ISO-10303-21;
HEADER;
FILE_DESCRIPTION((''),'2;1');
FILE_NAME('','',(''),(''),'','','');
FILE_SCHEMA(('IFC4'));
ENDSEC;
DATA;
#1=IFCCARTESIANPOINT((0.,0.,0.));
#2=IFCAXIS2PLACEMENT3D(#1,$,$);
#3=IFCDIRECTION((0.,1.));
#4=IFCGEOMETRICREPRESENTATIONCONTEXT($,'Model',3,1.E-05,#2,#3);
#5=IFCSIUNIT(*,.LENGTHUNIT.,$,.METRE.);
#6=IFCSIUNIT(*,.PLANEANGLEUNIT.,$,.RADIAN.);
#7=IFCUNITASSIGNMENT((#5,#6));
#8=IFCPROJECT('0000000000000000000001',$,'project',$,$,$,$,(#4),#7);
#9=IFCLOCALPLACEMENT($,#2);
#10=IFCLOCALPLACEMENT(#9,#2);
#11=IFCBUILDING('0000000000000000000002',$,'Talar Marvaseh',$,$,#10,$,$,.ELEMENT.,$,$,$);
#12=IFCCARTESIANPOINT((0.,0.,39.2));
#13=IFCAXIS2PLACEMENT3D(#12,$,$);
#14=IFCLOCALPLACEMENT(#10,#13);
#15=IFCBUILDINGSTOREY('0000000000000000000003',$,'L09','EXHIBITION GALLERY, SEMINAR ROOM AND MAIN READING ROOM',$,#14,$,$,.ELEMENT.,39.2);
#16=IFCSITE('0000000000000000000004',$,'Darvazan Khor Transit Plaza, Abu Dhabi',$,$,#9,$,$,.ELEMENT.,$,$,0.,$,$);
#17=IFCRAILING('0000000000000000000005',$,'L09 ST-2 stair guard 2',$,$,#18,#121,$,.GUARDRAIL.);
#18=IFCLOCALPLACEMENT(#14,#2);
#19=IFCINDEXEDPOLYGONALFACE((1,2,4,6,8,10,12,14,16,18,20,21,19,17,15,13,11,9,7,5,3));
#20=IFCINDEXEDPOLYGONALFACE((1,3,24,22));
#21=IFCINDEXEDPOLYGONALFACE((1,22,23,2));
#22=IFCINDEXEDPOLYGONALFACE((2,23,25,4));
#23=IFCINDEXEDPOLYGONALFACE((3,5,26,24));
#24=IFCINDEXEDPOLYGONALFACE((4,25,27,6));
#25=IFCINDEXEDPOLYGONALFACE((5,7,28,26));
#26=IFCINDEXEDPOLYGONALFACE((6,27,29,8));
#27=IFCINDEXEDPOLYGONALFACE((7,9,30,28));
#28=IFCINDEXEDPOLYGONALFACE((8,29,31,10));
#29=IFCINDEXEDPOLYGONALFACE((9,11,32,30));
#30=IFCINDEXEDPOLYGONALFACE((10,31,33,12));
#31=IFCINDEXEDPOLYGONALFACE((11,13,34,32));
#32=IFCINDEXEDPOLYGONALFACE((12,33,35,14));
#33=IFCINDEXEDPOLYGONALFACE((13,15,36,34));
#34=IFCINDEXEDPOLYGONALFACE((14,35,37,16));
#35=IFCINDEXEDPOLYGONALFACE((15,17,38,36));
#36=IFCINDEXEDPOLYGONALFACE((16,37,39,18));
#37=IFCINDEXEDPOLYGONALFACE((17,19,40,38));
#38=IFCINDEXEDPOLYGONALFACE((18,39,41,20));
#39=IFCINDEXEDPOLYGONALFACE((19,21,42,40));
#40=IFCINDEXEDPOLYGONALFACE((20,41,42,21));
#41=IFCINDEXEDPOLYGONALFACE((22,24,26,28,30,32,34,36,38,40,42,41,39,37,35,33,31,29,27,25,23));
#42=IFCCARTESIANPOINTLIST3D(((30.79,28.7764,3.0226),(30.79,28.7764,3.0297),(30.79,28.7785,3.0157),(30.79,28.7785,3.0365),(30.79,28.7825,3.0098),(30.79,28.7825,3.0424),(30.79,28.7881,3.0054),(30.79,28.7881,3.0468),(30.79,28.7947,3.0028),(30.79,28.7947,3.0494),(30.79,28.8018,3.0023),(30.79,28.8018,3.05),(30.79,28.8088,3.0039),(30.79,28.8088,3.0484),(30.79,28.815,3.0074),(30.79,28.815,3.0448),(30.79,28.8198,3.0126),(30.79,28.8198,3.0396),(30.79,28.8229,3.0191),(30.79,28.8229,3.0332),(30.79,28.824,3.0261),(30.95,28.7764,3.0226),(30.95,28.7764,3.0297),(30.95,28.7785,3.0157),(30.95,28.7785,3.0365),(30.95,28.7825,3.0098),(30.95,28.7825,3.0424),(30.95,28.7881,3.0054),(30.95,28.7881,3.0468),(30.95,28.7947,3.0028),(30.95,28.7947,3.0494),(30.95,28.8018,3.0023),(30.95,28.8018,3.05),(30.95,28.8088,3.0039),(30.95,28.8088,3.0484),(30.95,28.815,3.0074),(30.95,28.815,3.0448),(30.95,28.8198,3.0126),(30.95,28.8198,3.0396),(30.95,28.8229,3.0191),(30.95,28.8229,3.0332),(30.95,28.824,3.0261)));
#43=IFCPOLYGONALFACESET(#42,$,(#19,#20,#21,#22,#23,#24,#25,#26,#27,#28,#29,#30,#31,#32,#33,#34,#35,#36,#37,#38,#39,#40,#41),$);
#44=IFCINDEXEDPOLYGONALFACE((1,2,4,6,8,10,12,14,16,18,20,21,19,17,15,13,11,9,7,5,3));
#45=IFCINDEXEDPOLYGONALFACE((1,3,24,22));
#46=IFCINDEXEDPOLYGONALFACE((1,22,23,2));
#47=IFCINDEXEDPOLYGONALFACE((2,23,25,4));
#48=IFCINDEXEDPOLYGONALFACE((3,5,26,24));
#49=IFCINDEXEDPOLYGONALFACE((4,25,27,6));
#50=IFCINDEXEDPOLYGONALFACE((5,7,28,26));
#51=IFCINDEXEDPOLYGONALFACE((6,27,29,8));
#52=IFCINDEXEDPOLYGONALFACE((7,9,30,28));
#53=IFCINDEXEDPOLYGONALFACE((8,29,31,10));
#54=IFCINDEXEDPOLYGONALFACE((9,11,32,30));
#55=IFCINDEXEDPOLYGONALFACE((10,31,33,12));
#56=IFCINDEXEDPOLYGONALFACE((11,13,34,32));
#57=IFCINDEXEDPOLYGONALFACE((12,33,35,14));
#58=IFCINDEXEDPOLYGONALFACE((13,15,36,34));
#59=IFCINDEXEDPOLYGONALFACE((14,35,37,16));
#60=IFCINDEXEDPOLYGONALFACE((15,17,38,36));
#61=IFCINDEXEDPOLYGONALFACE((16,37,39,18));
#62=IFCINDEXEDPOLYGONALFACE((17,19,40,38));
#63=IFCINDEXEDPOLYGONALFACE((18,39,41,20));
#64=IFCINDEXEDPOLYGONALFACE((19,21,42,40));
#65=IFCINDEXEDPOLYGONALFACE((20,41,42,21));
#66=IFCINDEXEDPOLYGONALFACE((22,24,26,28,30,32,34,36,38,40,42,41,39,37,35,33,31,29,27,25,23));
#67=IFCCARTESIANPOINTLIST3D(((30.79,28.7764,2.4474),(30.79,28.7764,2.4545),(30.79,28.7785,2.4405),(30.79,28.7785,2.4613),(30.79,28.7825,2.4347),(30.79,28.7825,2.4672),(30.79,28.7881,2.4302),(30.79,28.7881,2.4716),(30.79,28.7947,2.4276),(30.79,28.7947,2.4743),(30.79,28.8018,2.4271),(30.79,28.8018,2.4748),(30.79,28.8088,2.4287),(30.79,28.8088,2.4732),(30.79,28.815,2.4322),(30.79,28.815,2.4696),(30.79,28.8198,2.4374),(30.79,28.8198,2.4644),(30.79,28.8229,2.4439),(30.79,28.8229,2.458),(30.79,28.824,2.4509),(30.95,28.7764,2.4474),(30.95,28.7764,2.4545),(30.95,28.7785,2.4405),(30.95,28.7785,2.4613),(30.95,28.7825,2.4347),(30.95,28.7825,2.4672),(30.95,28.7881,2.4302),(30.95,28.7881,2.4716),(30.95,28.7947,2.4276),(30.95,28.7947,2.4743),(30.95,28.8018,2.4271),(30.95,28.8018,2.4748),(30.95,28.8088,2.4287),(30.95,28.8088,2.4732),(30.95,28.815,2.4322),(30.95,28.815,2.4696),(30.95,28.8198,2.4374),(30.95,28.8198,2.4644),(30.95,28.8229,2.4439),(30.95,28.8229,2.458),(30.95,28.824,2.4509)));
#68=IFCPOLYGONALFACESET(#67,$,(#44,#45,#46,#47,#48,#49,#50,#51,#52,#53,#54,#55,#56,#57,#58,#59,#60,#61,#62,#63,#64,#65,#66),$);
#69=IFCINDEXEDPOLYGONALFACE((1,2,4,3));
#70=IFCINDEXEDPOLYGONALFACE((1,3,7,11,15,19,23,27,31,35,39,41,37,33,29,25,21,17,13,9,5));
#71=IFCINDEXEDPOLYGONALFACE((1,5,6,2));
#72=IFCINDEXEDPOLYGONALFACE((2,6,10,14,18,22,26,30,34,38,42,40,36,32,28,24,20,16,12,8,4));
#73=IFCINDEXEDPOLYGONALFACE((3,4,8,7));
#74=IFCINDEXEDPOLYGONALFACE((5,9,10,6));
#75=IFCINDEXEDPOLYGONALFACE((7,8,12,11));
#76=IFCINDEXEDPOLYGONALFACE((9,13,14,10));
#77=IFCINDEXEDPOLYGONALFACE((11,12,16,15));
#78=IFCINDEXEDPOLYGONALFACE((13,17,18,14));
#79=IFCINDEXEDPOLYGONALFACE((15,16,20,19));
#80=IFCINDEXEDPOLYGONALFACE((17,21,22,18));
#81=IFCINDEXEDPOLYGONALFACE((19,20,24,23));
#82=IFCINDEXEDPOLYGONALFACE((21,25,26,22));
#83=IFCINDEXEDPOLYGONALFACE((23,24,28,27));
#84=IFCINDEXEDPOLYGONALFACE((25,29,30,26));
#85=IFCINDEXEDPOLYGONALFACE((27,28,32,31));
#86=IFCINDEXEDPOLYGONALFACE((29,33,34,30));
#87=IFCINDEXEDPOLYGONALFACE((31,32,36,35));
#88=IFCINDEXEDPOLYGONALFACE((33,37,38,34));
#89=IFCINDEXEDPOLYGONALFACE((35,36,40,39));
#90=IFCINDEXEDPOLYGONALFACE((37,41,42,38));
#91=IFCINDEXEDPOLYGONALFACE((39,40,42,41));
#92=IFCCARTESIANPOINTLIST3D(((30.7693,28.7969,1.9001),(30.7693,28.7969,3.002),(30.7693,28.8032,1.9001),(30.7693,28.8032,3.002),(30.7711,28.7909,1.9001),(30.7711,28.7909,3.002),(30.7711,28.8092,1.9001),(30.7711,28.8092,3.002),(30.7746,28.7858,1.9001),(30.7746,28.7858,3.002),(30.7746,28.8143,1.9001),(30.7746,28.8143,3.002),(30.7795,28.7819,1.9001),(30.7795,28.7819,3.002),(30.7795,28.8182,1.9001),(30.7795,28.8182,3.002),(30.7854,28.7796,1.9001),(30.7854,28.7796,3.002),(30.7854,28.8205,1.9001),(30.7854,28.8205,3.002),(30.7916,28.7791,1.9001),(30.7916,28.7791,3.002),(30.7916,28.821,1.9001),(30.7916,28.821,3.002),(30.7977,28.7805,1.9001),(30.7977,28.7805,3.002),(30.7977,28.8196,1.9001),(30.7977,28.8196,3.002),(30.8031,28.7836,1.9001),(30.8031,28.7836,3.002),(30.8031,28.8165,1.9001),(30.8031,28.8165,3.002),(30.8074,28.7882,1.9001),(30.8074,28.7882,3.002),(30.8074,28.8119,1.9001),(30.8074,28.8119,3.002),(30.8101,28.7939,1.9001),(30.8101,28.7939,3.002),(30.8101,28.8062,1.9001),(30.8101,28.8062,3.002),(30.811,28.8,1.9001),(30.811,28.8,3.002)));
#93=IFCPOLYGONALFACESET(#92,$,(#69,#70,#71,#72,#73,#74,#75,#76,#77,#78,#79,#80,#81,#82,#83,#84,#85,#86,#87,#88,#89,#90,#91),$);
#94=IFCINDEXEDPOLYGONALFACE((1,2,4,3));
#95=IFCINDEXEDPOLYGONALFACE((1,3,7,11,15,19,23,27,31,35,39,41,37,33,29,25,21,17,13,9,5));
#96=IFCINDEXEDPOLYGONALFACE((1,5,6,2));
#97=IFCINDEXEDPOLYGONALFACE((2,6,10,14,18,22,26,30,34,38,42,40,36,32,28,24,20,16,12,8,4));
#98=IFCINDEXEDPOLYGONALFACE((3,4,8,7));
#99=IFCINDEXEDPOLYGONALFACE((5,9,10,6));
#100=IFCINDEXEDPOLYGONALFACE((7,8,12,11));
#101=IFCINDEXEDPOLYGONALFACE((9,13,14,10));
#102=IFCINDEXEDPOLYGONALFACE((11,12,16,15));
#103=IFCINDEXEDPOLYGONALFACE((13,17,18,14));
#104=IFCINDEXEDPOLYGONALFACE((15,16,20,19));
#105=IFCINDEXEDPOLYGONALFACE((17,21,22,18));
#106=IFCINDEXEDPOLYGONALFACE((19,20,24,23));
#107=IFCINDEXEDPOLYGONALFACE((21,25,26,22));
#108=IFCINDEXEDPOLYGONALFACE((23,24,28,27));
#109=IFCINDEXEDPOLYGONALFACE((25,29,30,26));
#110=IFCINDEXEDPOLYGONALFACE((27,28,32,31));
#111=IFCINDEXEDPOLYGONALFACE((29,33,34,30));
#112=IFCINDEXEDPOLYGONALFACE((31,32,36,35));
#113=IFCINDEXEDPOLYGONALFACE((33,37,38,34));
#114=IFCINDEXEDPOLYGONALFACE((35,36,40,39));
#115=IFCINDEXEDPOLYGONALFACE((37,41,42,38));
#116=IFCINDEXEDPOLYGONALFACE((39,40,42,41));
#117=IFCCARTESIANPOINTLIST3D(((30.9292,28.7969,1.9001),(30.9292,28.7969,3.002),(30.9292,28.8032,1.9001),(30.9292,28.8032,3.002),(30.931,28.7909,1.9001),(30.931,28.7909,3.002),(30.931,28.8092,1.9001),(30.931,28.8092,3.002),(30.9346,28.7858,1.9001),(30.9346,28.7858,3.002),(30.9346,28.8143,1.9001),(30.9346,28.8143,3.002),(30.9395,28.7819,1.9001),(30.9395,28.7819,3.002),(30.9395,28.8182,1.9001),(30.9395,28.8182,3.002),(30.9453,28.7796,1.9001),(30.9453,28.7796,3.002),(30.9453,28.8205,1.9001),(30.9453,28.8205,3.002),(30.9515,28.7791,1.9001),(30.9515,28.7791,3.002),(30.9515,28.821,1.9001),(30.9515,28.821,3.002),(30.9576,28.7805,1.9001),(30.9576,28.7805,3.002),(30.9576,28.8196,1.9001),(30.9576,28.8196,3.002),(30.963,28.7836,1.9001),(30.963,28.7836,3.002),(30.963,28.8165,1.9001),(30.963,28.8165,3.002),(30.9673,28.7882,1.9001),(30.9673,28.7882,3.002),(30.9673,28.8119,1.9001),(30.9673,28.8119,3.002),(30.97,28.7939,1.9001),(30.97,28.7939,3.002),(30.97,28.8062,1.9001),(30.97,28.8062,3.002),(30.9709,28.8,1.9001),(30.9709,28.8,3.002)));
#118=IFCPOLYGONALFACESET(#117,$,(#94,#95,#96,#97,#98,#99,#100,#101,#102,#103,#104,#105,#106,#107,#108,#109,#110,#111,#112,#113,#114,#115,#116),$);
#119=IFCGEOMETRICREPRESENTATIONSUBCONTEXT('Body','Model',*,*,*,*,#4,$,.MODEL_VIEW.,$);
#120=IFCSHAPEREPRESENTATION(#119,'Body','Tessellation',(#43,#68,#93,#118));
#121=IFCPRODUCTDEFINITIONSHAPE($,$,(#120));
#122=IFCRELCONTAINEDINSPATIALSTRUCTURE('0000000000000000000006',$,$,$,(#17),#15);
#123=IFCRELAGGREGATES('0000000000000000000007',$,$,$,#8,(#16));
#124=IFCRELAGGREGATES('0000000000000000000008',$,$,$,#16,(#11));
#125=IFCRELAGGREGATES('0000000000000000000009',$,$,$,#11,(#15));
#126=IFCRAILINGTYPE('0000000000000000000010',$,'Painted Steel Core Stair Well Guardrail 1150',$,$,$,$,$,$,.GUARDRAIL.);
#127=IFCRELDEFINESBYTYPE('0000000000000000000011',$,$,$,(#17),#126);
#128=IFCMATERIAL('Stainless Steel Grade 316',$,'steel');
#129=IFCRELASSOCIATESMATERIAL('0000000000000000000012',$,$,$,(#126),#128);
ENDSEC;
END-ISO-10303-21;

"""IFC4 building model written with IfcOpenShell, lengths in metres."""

from ifc_helpers import new_model, si_unit, direction, frame, origin, origin_2d, place, context, subcontext, project, spatial, circle, extrude, material, type_object, element, save


model = new_model("IFC4")

# Units and contexts
model_context = context("Model", 3, precision=1e-05, world=origin(), true_north=direction((0.0, 1.0)))
body_context = subcontext(model_context, "Body", "Model", "MODEL_VIEW")
ifc_project = project(units=[si_unit("LENGTHUNIT", "METRE"), si_unit("PLANEANGLEUNIT", "RADIAN")], contexts=[model_context])

# Site, building, storey
site_placement = place(None, origin())
site = spatial("IfcSite", under=ifc_project, at=site_placement, Name="Darvazan Khor Transit Plaza, Abu Dhabi", CompositionType="ELEMENT", RefElevation=0.0)
building_placement = place(site_placement, origin())
building = spatial("IfcBuilding", under=site, at=building_placement, Name="Talar Marvaseh", CompositionType="ELEMENT")
storey_placement = place(building_placement, frame((0.0, 0.0, 39.2)))
storey = spatial("IfcBuildingStorey", under=building, at=storey_placement, Name="L09", Description="EXHIBITION GALLERY, SEMINAR ROOM AND MAIN READING ROOM", CompositionType="ELEMENT", Elevation=39.2)

# Railing
ifc_material_1 = material(Name="Stainless Steel Grade 316", Category="steel")
railing_type_1 = type_object("IfcRailingType", Name="Painted Steel Core Stair Well Guardrail 1150", PredefinedType="GUARDRAIL", material=ifc_material_1)
railing_1_placement = place(storey_placement, frame((30.79, 28.8, 1.9001)))
element("IfcRailing", 1, at=railing_1_placement, inside=storey, type_object=railing_type_1, Name="L09 ST-2 stair guard 2", PredefinedType="GUARDRAIL", context=body_context, shape_type="SweptSolid", body=[
    extrude(circle(Radius=0.0239, at=origin_2d()), frame((0.0, 0.0, 1.126), z_axis=(1.0, 0.0, 0.0), x_axis=(0.0, 1.0, 0.0)), (0.0, 0.0, 1.0), 0.1599),
    extrude(circle(Radius=0.0239, at=origin_2d()), frame((0.0, 0.0, 0.5508), z_axis=(1.0, 0.0, 0.0), x_axis=(0.0, 1.0, 0.0)), (0.0, 0.0, 1.0), 0.1599),
    extrude(circle(Radius=0.021, at=origin_2d()), origin(), (0.0, 0.0, 1.0), 1.1018),
    extrude(circle(Radius=0.021, at=origin_2d()), frame((0.1599, 0.0, 0.0)), (0.0, 0.0, 1.0), 1.1018),
])

save(model, "model.ifc")
